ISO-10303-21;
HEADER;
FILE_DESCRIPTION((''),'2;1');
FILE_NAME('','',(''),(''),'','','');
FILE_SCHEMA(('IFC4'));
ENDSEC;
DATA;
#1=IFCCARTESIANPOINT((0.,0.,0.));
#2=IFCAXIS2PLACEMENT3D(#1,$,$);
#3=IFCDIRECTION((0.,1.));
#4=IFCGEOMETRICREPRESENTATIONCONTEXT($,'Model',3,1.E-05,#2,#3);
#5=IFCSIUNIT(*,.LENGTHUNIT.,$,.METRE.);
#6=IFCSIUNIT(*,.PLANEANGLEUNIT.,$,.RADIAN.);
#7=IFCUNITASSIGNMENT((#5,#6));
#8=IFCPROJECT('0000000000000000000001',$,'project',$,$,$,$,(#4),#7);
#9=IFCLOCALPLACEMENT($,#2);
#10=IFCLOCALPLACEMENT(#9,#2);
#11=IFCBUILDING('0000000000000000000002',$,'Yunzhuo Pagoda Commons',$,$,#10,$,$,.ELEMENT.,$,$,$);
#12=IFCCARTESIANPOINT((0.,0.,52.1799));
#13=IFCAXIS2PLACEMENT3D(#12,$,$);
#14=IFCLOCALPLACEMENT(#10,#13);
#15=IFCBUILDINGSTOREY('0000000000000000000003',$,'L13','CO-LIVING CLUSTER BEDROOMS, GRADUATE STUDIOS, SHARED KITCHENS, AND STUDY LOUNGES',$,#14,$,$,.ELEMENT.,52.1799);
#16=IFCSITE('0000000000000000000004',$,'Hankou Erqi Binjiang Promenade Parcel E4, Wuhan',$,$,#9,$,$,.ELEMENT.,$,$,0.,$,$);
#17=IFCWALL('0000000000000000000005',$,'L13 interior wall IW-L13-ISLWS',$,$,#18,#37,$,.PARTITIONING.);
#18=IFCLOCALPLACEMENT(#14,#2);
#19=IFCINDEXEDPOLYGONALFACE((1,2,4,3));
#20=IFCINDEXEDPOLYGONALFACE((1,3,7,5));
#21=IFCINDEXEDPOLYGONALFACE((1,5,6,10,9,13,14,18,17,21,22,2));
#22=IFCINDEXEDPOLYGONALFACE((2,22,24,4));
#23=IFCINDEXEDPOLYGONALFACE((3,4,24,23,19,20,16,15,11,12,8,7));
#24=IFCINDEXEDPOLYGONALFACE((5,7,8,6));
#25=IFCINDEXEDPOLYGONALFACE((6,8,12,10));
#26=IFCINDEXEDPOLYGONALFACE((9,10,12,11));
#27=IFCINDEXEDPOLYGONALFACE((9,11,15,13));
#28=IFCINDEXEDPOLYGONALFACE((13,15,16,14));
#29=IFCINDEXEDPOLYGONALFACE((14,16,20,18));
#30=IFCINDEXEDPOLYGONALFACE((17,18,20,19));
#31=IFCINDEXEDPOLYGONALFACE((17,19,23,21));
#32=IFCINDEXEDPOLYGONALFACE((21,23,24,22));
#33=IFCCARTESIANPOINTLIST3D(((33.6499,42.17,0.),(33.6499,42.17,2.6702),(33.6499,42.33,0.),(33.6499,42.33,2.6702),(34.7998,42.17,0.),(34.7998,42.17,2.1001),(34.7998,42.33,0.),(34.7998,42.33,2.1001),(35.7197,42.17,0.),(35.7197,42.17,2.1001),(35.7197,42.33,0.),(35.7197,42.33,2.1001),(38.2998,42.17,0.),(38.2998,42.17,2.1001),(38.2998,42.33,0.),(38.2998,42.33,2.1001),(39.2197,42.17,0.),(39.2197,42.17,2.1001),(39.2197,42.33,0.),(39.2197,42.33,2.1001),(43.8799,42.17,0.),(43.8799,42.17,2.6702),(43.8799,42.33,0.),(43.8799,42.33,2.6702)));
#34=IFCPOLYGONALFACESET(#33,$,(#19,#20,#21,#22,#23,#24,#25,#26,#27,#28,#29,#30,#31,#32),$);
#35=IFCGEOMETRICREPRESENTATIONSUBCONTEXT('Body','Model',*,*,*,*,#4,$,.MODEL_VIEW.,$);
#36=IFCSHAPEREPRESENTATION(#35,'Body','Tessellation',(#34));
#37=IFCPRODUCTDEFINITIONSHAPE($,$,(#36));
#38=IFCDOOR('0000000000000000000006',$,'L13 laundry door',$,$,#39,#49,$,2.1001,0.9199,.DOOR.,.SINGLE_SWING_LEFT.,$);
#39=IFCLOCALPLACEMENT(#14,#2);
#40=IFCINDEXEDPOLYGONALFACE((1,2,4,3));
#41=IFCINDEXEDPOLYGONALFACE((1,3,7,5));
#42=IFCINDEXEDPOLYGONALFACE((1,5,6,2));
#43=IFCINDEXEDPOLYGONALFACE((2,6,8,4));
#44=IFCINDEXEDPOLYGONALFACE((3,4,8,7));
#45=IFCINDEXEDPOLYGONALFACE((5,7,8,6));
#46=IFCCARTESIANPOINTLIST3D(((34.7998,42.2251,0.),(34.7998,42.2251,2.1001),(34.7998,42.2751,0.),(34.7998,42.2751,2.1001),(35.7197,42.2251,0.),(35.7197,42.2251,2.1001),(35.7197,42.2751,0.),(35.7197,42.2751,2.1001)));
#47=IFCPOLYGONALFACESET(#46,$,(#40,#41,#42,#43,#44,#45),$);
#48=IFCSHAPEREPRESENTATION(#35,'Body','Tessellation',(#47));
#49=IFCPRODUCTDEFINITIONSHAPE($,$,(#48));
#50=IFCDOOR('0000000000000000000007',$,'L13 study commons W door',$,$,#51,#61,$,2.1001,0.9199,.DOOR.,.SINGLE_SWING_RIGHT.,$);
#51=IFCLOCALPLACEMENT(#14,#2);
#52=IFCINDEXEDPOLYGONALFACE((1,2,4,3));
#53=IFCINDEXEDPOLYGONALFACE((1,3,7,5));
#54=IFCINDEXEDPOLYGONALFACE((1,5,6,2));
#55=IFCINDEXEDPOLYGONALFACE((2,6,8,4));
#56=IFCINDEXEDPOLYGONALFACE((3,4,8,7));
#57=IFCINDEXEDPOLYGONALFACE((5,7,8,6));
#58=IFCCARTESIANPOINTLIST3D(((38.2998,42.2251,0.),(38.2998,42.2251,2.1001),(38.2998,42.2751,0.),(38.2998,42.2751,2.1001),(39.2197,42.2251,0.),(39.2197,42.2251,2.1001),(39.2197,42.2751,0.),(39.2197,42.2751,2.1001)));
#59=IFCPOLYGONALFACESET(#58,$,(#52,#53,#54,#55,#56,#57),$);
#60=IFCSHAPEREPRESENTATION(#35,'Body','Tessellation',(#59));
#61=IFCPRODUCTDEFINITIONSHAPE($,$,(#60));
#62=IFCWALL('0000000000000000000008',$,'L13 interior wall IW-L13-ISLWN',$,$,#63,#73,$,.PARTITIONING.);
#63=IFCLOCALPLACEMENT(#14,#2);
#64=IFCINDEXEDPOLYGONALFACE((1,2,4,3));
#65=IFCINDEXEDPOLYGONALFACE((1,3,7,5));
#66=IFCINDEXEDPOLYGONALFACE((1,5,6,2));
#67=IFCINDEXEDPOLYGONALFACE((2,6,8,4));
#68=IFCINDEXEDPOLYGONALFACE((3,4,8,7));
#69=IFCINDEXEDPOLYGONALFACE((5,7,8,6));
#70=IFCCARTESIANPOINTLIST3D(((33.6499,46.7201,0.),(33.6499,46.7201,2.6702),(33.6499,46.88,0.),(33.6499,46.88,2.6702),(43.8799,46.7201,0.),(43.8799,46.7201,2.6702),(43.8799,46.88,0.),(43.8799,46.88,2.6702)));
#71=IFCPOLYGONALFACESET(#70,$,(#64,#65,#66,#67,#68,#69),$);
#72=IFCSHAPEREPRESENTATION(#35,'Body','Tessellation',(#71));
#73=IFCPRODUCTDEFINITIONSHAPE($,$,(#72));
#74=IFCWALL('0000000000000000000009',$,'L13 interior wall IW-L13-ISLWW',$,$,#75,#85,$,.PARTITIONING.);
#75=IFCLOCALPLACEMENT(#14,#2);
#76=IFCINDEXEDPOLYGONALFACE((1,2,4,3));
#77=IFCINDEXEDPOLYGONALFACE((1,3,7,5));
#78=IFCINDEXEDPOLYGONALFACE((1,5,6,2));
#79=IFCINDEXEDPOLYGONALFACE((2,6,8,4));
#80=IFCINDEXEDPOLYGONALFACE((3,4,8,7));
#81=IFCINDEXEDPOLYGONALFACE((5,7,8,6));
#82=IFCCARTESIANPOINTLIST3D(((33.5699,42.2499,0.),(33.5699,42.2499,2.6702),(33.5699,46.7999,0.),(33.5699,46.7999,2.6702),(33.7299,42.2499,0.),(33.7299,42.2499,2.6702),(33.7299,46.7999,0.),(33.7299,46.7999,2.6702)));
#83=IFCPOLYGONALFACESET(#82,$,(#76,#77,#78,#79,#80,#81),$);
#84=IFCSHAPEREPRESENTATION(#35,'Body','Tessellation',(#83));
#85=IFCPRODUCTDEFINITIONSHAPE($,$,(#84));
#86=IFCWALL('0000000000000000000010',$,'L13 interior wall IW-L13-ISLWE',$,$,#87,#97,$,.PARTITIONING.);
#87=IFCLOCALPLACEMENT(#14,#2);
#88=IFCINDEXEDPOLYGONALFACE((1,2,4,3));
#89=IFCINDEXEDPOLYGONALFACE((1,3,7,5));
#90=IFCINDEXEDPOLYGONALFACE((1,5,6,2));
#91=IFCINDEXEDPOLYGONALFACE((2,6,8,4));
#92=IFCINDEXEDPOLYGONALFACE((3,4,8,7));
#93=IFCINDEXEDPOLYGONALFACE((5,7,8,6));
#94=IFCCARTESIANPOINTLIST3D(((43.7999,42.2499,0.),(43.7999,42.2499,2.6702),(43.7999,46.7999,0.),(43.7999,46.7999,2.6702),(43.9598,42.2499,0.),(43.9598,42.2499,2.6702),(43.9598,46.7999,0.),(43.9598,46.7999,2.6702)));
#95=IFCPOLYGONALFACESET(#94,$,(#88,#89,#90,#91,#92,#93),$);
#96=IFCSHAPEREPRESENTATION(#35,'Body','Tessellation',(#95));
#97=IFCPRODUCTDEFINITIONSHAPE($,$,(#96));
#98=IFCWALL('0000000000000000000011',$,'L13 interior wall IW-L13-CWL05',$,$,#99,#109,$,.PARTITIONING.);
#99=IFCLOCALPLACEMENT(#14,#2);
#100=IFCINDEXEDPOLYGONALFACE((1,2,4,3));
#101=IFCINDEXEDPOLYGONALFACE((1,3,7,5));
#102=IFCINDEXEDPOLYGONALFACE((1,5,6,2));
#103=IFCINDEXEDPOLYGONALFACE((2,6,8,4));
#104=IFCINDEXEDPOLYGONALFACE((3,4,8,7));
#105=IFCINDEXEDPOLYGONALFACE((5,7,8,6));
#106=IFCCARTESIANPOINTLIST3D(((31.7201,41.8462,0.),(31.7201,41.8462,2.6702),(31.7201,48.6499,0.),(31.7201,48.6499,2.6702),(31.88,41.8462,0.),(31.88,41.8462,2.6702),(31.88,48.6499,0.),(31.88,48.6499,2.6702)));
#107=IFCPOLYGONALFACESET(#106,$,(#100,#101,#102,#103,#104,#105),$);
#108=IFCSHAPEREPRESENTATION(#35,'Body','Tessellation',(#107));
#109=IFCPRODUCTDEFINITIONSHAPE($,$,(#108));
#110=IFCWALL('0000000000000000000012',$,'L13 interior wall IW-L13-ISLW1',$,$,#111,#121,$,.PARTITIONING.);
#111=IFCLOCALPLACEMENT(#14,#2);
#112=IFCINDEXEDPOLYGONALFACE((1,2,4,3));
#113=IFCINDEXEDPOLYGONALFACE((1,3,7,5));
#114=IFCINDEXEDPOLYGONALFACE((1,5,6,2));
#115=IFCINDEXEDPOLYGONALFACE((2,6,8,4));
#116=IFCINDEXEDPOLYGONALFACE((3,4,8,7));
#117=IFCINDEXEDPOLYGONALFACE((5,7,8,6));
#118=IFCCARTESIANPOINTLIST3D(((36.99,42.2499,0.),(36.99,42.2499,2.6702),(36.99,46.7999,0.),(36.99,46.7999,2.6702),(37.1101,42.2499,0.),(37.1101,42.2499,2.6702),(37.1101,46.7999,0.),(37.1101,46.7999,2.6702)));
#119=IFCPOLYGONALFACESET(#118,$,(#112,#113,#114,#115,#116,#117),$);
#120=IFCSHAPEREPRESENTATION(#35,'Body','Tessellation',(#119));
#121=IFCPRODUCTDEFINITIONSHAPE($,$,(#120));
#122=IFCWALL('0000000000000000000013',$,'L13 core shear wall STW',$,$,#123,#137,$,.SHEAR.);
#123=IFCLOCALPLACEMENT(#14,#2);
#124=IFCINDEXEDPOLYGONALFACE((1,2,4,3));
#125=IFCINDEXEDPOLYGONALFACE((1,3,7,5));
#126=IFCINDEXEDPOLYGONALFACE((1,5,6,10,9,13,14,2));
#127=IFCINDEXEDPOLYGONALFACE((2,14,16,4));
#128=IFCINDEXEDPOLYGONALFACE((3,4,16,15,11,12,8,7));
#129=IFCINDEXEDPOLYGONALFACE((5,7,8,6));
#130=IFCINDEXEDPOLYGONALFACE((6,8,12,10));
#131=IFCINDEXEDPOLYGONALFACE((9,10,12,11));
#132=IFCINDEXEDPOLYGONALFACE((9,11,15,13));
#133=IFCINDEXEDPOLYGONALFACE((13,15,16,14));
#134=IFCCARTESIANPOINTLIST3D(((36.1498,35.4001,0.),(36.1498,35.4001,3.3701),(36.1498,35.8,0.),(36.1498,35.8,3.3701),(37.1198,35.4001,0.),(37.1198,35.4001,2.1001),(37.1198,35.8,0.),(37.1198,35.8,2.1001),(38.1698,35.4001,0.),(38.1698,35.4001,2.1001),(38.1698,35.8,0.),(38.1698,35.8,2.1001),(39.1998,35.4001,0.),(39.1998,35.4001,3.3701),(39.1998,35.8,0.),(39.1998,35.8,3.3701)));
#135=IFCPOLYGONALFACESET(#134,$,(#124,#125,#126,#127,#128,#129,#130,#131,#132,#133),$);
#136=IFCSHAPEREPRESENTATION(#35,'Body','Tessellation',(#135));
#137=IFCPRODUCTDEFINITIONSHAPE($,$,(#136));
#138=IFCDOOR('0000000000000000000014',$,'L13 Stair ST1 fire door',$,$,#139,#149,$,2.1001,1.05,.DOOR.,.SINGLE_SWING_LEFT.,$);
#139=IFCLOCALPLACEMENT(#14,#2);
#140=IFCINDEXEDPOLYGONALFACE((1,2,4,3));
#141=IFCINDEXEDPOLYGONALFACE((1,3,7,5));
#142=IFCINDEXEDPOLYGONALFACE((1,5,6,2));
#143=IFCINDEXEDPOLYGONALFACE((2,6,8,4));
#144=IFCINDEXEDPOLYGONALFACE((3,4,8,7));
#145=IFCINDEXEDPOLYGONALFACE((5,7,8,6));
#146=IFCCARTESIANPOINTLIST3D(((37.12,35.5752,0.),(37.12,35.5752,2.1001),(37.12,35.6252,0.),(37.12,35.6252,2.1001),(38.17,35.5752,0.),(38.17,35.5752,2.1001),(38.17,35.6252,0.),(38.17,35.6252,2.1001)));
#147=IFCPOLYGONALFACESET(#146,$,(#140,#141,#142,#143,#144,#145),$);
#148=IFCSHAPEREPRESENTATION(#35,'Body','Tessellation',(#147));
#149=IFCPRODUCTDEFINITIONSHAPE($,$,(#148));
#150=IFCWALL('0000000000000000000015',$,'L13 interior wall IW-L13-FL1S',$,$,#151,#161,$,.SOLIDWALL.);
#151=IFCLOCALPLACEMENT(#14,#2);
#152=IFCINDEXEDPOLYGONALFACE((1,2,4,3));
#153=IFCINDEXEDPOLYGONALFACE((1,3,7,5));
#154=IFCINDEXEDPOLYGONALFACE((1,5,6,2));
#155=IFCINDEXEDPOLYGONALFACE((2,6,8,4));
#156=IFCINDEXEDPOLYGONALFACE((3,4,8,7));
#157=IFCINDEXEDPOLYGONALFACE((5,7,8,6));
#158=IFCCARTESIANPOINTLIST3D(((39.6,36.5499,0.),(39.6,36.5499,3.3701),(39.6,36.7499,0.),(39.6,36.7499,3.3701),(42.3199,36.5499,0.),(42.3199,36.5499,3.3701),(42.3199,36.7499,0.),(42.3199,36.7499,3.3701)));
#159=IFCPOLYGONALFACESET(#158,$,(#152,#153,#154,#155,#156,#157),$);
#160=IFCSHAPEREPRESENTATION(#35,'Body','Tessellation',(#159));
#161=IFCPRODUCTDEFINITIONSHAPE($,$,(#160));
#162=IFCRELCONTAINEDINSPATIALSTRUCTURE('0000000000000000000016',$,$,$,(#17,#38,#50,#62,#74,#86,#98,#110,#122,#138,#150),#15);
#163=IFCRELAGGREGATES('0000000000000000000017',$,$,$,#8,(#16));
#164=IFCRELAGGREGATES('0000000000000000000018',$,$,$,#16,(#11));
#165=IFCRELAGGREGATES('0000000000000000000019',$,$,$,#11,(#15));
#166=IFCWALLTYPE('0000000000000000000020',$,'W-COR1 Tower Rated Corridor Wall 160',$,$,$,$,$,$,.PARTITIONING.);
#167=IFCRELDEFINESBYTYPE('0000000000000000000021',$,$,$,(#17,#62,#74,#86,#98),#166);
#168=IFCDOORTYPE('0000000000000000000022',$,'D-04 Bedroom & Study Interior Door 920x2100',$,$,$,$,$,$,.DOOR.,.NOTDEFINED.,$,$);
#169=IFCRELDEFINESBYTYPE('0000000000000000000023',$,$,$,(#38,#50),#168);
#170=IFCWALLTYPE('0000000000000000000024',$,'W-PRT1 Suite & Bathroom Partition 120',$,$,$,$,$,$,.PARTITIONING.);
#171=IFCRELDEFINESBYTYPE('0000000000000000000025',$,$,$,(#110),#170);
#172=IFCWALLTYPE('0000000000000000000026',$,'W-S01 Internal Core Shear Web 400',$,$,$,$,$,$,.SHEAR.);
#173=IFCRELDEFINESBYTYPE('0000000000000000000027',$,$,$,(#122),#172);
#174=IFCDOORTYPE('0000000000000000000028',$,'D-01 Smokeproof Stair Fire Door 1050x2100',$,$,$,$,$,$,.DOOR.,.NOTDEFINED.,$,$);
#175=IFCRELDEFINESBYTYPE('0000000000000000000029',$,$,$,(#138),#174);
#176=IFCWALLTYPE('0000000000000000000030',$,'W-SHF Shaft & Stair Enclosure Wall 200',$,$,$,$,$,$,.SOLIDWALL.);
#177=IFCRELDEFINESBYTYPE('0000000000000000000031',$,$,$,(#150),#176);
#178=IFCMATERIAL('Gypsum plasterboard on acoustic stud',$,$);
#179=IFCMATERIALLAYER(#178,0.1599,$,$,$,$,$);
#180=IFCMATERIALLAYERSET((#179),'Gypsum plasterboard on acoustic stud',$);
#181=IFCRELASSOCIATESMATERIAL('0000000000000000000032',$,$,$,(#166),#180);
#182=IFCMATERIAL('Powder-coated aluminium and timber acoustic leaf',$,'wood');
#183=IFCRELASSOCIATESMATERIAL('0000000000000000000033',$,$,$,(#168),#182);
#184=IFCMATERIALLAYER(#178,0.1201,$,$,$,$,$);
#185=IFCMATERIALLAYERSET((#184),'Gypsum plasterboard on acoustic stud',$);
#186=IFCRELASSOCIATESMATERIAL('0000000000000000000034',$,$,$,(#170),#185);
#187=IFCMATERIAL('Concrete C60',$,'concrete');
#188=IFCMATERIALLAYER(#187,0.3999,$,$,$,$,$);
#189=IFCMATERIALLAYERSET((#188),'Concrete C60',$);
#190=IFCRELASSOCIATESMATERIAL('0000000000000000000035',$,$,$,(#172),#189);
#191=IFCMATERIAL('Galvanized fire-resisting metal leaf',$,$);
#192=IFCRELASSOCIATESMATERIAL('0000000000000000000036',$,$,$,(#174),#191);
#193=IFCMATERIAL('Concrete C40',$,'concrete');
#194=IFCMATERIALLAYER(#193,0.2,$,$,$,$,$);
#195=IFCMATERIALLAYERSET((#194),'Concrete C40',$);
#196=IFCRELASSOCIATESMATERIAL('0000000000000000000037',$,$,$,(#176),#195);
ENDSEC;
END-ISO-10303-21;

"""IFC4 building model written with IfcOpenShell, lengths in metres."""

from ifc_helpers import new_model, si_unit, direction, frame, frame_2d, origin, place, context, subcontext, project, spatial, rectangle, extrude, source, transform, mapped, material, layer, layer_set, type_object, element, fill, save


model = new_model("IFC4")

# Units and contexts
model_context = context("Model", 3, precision=1e-05, world=origin(), true_north=direction((0.0, 1.0)))
body_context = subcontext(model_context, "Body", "Model", "MODEL_VIEW")
ifc_project = project(units=[si_unit("LENGTHUNIT", "METRE"), si_unit("PLANEANGLEUNIT", "RADIAN")], contexts=[model_context])

# Site, building, storey
site_placement = place(None, origin())
site = spatial("IfcSite", under=ifc_project, at=site_placement, Name="Hankou Erqi Binjiang Promenade Parcel E4, Wuhan", CompositionType="ELEMENT", RefElevation=0.0)
building_placement = place(site_placement, origin())
building = spatial("IfcBuilding", under=site, at=building_placement, Name="Yunzhuo Pagoda Commons", CompositionType="ELEMENT")
storey_placement = place(building_placement, frame((0.0, 0.0, 52.1799)))
storey = spatial("IfcBuildingStorey", under=building, at=storey_placement, Name="L13", Description="CO-LIVING CLUSTER BEDROOMS, GRADUATE STUDIOS, SHARED KITCHENS, AND STUDY LOUNGES", CompositionType="ELEMENT", Elevation=52.1799)

# Shared definitions
ifc_material_1 = material(Name="Concrete C60", Category="concrete")
ifc_material_2 = material(Name="Galvanized fire-resisting metal leaf")
shared_shape_1 = source(origin(), body_context, "Body", "SweptSolid", [
    extrude(rectangle(XDim=1.05, YDim=2.1001, at=frame_2d((0.5249, 1.05))), frame((0.0, 0.0249, 0.0), z_axis=(0.0, -1.0, 0.0), x_axis=(1.0, 0.0, 0.0)), (0.0, 0.0, 1.0), 0.05),
])

# Wall, openings, doors
ifc_material_3 = material(Name="Gypsum plasterboard on acoustic stud")
ifc_layer_1 = layer(ifc_material_3, 0.1599)
ifc_layer_set_1 = layer_set([ifc_layer_1], Name="Gypsum plasterboard on acoustic stud")
wall_type_1 = type_object("IfcWallType", Name="W-COR1 Tower Rated Corridor Wall 160", PredefinedType="PARTITIONING", material=ifc_layer_set_1)
wall_1_placement = place(storey_placement, frame((33.6499, 42.25, 0.0), z_axis=(0.0, 0.0, 1.0), x_axis=(1.0, 0.0, 0.0)))
wall_1 = element("IfcWall", 1, at=wall_1_placement, inside=storey, type_object=wall_type_1, Name="L13 interior wall IW-L13-ISLWS", PredefinedType="PARTITIONING", context=body_context, shape_type="SweptSolid", body=[
    extrude(rectangle(XDim=10.23, YDim=0.1599, at=frame_2d((5.115, 0.0))), origin(), (0.0, 0.0, 1.0), 2.6702),
])
opening_1_placement = place(wall_1_placement, frame((1.1499, 0.0, 0.0)))
opening_1 = element("IfcOpeningElement", 2, at=opening_1_placement, cuts=wall_1, PredefinedType="OPENING", context=body_context, shape_type="SweptSolid", body=[
    extrude(rectangle(XDim=0.9199, YDim=2.1001, at=frame_2d((0.46, 1.05))), frame((0.0, 0.0898, 0.0), z_axis=(0.0, -1.0, 0.0), x_axis=(1.0, 0.0, 0.0)), (0.0, 0.0, 1.0), 0.1799),
])
opening_2_placement = place(wall_1_placement, frame((4.6499, 0.0, 0.0)))
opening_2 = element("IfcOpeningElement", 3, at=opening_2_placement, cuts=wall_1, PredefinedType="OPENING", context=body_context, shape_type="SweptSolid", body=[
    extrude(rectangle(XDim=0.9199, YDim=2.1001, at=frame_2d((0.46, 1.05))), frame((0.0, 0.0898, 0.0), z_axis=(0.0, -1.0, 0.0), x_axis=(1.0, 0.0, 0.0)), (0.0, 0.0, 1.0), 0.1799),
])
ifc_material_4 = material(Name="Powder-coated aluminium and timber acoustic leaf", Category="wood")
door_type_1 = type_object("IfcDoorType", Name="D-04 Bedroom & Study Interior Door 920x2100", OperationType="NOTDEFINED", PredefinedType="DOOR", material=ifc_material_4)
shared_shape_2 = source(origin(), body_context, "Body", "SweptSolid", [
    extrude(rectangle(XDim=0.9199, YDim=2.1001, at=frame_2d((0.46, 1.05))), frame((0.0, 0.0249, 0.0), z_axis=(0.0, -1.0, 0.0), x_axis=(1.0, 0.0, 0.0)), (0.0, 0.0, 1.0), 0.05),
])
door_1_placement = place(opening_1_placement, frame((0.9199, 0.0, 0.0), z_axis=(0.0, 0.0, 1.0), x_axis=(-1.0, 0.0, 0.0)))
door_1 = element("IfcDoor", 4, at=door_1_placement, inside=storey, type_object=door_type_1, Name="L13 laundry door", OperationType="SINGLE_SWING_LEFT", OverallHeight=2.1001, OverallWidth=0.9199, PredefinedType="DOOR", context=body_context, shape_type="MappedRepresentation", body=[
    mapped(shared_shape_2, transform((0.0, 0.0, 0.0), scale=1.0)),
])
fill(opening_1, door_1)
door_2_placement = place(opening_2_placement, frame((0.9199, 0.0, 0.0), z_axis=(0.0, 0.0, 1.0), x_axis=(-1.0, 0.0, 0.0)))
door_2 = element("IfcDoor", 5, at=door_2_placement, inside=storey, type_object=door_type_1, Name="L13 study commons W door", OperationType="SINGLE_SWING_RIGHT", OverallHeight=2.1001, OverallWidth=0.9199, PredefinedType="DOOR", context=body_context, shape_type="MappedRepresentation", body=[
    mapped(shared_shape_2, transform((0.0, 0.0, 0.0), scale=1.0)),
])
fill(opening_2, door_2)

# Walls
wall_2_placement = place(storey_placement, frame((33.6499, 46.8, 0.0), z_axis=(0.0, 0.0, 1.0), x_axis=(1.0, 0.0, 0.0)))
element("IfcWall", 6, at=wall_2_placement, inside=storey, type_object=wall_type_1, Name="L13 interior wall IW-L13-ISLWN", PredefinedType="PARTITIONING", context=body_context, shape_type="SweptSolid", body=[
    extrude(rectangle(XDim=10.23, YDim=0.1599, at=frame_2d((5.115, 0.0))), origin(), (0.0, 0.0, 1.0), 2.6702),
])
for number, where, z_axis, x_axis, name in (
    (7, (33.6499, 42.25, 0.0), (0.0, 0.0, 1.0), (0.0, 1.0, 0.0), "L13 interior wall IW-L13-ISLWW"),
    (8, (43.8799, 42.25, 0.0), (0.0, 0.0, 1.0), (0.0, 1.0, 0.0), "L13 interior wall IW-L13-ISLWE"),
):
    element("IfcWall", number, at=place(storey_placement, frame(where, z_axis=z_axis, x_axis=x_axis)), inside=storey, type_object=wall_type_1, Name=name, PredefinedType="PARTITIONING", context=body_context, shape_type="SweptSolid", body=[
        extrude(rectangle(XDim=4.55, YDim=0.1599, at=frame_2d((2.2749, 0.0))), origin(), (0.0, 0.0, 1.0), 2.6702),
    ])
wall_3_placement = place(storey_placement, frame((31.8, 41.8462, 0.0), z_axis=(0.0, 0.0, 1.0), x_axis=(0.0, 1.0, 0.0)))
element("IfcWall", 9, at=wall_3_placement, inside=storey, type_object=wall_type_1, Name="L13 interior wall IW-L13-CWL05", PredefinedType="PARTITIONING", context=body_context, shape_type="SweptSolid", body=[
    extrude(rectangle(XDim=6.8037, YDim=0.1599, at=frame_2d((3.4019, 0.0))), origin(), (0.0, 0.0, 1.0), 2.6702),
])
ifc_layer_2 = layer(ifc_material_3, 0.1201)
ifc_layer_set_2 = layer_set([ifc_layer_2], Name="Gypsum plasterboard on acoustic stud")
wall_type_2 = type_object("IfcWallType", Name="W-PRT1 Suite & Bathroom Partition 120", PredefinedType="PARTITIONING", material=ifc_layer_set_2)
wall_4_placement = place(storey_placement, frame((37.05, 42.25, 0.0), z_axis=(0.0, 0.0, 1.0), x_axis=(0.0, 1.0, 0.0)))
element("IfcWall", 10, at=wall_4_placement, inside=storey, type_object=wall_type_2, Name="L13 interior wall IW-L13-ISLW1", PredefinedType="PARTITIONING", context=body_context, shape_type="SweptSolid", body=[
    extrude(rectangle(XDim=4.55, YDim=0.1201, at=frame_2d((2.2749, 0.0))), origin(), (0.0, 0.0, 1.0), 2.6702),
])

# Wall, opening, door
ifc_layer_3 = layer(ifc_material_1, 0.3999)
ifc_layer_set_3 = layer_set([ifc_layer_3], Name="Concrete C60")
wall_type_3 = type_object("IfcWallType", Name="W-S01 Internal Core Shear Web 400", PredefinedType="SHEAR", material=ifc_layer_set_3)
wall_5_placement = place(storey_placement, frame((36.1499, 35.6001, 0.0), z_axis=(0.0, 0.0, 1.0), x_axis=(1.0, 0.0, 0.0)))
wall_5 = element("IfcWall", 11, at=wall_5_placement, inside=storey, type_object=wall_type_3, Name="L13 core shear wall STW", PredefinedType="SHEAR", context=body_context, shape_type="SweptSolid", body=[
    extrude(rectangle(XDim=3.05, YDim=0.3999, at=frame_2d((1.5249, 0.0))), origin(), (0.0, 0.0, 1.0), 3.3701),
])
opening_3_placement = place(wall_5_placement, frame((0.97, 0.0, 0.0)))
opening_3 = element("IfcOpeningElement", 12, at=opening_3_placement, cuts=wall_5, PredefinedType="OPENING", context=body_context, shape_type="SweptSolid", body=[
    extrude(rectangle(XDim=1.05, YDim=2.1001, at=frame_2d((0.5249, 1.05))), frame((0.0, 0.21, 0.0), z_axis=(0.0, -1.0, 0.0), x_axis=(1.0, 0.0, 0.0)), (0.0, 0.0, 1.0), 0.4199),
])
door_type_2 = type_object("IfcDoorType", Name="D-01 Smokeproof Stair Fire Door 1050x2100", OperationType="NOTDEFINED", PredefinedType="DOOR", material=ifc_material_2)
door_3_placement = place(opening_3_placement, frame((1.05, 0.0, 0.0), z_axis=(0.0, 0.0, 1.0), x_axis=(-1.0, 0.0, 0.0)))
door_3 = element("IfcDoor", 13, at=door_3_placement, inside=storey, type_object=door_type_2, Name="L13 Stair ST1 fire door", OperationType="SINGLE_SWING_LEFT", OverallHeight=2.1001, OverallWidth=1.05, PredefinedType="DOOR", context=body_context, shape_type="MappedRepresentation", body=[
    mapped(shared_shape_1, transform((0.0, 0.0, 0.0), scale=1.0)),
])
fill(opening_3, door_3)

# Wall
ifc_material_5 = material(Name="Concrete C40", Category="concrete")
ifc_layer_4 = layer(ifc_material_5, 0.2)
ifc_layer_set_4 = layer_set([ifc_layer_4], Name="Concrete C40")
wall_type_4 = type_object("IfcWallType", Name="W-SHF Shaft & Stair Enclosure Wall 200", PredefinedType="SOLIDWALL", material=ifc_layer_set_4)
wall_6_placement = place(storey_placement, frame((39.6001, 36.6499, 0.0), z_axis=(0.0, 0.0, 1.0), x_axis=(1.0, 0.0, 0.0)))
element("IfcWall", 14, at=wall_6_placement, inside=storey, type_object=wall_type_4, Name="L13 interior wall IW-L13-FL1S", PredefinedType="SOLIDWALL", context=body_context, shape_type="SweptSolid", body=[
    extrude(rectangle(XDim=2.72, YDim=0.2, at=frame_2d((1.3599, 0.0))), origin(), (0.0, 0.0, 1.0), 3.3701),
])

save(model, "model.ifc")
